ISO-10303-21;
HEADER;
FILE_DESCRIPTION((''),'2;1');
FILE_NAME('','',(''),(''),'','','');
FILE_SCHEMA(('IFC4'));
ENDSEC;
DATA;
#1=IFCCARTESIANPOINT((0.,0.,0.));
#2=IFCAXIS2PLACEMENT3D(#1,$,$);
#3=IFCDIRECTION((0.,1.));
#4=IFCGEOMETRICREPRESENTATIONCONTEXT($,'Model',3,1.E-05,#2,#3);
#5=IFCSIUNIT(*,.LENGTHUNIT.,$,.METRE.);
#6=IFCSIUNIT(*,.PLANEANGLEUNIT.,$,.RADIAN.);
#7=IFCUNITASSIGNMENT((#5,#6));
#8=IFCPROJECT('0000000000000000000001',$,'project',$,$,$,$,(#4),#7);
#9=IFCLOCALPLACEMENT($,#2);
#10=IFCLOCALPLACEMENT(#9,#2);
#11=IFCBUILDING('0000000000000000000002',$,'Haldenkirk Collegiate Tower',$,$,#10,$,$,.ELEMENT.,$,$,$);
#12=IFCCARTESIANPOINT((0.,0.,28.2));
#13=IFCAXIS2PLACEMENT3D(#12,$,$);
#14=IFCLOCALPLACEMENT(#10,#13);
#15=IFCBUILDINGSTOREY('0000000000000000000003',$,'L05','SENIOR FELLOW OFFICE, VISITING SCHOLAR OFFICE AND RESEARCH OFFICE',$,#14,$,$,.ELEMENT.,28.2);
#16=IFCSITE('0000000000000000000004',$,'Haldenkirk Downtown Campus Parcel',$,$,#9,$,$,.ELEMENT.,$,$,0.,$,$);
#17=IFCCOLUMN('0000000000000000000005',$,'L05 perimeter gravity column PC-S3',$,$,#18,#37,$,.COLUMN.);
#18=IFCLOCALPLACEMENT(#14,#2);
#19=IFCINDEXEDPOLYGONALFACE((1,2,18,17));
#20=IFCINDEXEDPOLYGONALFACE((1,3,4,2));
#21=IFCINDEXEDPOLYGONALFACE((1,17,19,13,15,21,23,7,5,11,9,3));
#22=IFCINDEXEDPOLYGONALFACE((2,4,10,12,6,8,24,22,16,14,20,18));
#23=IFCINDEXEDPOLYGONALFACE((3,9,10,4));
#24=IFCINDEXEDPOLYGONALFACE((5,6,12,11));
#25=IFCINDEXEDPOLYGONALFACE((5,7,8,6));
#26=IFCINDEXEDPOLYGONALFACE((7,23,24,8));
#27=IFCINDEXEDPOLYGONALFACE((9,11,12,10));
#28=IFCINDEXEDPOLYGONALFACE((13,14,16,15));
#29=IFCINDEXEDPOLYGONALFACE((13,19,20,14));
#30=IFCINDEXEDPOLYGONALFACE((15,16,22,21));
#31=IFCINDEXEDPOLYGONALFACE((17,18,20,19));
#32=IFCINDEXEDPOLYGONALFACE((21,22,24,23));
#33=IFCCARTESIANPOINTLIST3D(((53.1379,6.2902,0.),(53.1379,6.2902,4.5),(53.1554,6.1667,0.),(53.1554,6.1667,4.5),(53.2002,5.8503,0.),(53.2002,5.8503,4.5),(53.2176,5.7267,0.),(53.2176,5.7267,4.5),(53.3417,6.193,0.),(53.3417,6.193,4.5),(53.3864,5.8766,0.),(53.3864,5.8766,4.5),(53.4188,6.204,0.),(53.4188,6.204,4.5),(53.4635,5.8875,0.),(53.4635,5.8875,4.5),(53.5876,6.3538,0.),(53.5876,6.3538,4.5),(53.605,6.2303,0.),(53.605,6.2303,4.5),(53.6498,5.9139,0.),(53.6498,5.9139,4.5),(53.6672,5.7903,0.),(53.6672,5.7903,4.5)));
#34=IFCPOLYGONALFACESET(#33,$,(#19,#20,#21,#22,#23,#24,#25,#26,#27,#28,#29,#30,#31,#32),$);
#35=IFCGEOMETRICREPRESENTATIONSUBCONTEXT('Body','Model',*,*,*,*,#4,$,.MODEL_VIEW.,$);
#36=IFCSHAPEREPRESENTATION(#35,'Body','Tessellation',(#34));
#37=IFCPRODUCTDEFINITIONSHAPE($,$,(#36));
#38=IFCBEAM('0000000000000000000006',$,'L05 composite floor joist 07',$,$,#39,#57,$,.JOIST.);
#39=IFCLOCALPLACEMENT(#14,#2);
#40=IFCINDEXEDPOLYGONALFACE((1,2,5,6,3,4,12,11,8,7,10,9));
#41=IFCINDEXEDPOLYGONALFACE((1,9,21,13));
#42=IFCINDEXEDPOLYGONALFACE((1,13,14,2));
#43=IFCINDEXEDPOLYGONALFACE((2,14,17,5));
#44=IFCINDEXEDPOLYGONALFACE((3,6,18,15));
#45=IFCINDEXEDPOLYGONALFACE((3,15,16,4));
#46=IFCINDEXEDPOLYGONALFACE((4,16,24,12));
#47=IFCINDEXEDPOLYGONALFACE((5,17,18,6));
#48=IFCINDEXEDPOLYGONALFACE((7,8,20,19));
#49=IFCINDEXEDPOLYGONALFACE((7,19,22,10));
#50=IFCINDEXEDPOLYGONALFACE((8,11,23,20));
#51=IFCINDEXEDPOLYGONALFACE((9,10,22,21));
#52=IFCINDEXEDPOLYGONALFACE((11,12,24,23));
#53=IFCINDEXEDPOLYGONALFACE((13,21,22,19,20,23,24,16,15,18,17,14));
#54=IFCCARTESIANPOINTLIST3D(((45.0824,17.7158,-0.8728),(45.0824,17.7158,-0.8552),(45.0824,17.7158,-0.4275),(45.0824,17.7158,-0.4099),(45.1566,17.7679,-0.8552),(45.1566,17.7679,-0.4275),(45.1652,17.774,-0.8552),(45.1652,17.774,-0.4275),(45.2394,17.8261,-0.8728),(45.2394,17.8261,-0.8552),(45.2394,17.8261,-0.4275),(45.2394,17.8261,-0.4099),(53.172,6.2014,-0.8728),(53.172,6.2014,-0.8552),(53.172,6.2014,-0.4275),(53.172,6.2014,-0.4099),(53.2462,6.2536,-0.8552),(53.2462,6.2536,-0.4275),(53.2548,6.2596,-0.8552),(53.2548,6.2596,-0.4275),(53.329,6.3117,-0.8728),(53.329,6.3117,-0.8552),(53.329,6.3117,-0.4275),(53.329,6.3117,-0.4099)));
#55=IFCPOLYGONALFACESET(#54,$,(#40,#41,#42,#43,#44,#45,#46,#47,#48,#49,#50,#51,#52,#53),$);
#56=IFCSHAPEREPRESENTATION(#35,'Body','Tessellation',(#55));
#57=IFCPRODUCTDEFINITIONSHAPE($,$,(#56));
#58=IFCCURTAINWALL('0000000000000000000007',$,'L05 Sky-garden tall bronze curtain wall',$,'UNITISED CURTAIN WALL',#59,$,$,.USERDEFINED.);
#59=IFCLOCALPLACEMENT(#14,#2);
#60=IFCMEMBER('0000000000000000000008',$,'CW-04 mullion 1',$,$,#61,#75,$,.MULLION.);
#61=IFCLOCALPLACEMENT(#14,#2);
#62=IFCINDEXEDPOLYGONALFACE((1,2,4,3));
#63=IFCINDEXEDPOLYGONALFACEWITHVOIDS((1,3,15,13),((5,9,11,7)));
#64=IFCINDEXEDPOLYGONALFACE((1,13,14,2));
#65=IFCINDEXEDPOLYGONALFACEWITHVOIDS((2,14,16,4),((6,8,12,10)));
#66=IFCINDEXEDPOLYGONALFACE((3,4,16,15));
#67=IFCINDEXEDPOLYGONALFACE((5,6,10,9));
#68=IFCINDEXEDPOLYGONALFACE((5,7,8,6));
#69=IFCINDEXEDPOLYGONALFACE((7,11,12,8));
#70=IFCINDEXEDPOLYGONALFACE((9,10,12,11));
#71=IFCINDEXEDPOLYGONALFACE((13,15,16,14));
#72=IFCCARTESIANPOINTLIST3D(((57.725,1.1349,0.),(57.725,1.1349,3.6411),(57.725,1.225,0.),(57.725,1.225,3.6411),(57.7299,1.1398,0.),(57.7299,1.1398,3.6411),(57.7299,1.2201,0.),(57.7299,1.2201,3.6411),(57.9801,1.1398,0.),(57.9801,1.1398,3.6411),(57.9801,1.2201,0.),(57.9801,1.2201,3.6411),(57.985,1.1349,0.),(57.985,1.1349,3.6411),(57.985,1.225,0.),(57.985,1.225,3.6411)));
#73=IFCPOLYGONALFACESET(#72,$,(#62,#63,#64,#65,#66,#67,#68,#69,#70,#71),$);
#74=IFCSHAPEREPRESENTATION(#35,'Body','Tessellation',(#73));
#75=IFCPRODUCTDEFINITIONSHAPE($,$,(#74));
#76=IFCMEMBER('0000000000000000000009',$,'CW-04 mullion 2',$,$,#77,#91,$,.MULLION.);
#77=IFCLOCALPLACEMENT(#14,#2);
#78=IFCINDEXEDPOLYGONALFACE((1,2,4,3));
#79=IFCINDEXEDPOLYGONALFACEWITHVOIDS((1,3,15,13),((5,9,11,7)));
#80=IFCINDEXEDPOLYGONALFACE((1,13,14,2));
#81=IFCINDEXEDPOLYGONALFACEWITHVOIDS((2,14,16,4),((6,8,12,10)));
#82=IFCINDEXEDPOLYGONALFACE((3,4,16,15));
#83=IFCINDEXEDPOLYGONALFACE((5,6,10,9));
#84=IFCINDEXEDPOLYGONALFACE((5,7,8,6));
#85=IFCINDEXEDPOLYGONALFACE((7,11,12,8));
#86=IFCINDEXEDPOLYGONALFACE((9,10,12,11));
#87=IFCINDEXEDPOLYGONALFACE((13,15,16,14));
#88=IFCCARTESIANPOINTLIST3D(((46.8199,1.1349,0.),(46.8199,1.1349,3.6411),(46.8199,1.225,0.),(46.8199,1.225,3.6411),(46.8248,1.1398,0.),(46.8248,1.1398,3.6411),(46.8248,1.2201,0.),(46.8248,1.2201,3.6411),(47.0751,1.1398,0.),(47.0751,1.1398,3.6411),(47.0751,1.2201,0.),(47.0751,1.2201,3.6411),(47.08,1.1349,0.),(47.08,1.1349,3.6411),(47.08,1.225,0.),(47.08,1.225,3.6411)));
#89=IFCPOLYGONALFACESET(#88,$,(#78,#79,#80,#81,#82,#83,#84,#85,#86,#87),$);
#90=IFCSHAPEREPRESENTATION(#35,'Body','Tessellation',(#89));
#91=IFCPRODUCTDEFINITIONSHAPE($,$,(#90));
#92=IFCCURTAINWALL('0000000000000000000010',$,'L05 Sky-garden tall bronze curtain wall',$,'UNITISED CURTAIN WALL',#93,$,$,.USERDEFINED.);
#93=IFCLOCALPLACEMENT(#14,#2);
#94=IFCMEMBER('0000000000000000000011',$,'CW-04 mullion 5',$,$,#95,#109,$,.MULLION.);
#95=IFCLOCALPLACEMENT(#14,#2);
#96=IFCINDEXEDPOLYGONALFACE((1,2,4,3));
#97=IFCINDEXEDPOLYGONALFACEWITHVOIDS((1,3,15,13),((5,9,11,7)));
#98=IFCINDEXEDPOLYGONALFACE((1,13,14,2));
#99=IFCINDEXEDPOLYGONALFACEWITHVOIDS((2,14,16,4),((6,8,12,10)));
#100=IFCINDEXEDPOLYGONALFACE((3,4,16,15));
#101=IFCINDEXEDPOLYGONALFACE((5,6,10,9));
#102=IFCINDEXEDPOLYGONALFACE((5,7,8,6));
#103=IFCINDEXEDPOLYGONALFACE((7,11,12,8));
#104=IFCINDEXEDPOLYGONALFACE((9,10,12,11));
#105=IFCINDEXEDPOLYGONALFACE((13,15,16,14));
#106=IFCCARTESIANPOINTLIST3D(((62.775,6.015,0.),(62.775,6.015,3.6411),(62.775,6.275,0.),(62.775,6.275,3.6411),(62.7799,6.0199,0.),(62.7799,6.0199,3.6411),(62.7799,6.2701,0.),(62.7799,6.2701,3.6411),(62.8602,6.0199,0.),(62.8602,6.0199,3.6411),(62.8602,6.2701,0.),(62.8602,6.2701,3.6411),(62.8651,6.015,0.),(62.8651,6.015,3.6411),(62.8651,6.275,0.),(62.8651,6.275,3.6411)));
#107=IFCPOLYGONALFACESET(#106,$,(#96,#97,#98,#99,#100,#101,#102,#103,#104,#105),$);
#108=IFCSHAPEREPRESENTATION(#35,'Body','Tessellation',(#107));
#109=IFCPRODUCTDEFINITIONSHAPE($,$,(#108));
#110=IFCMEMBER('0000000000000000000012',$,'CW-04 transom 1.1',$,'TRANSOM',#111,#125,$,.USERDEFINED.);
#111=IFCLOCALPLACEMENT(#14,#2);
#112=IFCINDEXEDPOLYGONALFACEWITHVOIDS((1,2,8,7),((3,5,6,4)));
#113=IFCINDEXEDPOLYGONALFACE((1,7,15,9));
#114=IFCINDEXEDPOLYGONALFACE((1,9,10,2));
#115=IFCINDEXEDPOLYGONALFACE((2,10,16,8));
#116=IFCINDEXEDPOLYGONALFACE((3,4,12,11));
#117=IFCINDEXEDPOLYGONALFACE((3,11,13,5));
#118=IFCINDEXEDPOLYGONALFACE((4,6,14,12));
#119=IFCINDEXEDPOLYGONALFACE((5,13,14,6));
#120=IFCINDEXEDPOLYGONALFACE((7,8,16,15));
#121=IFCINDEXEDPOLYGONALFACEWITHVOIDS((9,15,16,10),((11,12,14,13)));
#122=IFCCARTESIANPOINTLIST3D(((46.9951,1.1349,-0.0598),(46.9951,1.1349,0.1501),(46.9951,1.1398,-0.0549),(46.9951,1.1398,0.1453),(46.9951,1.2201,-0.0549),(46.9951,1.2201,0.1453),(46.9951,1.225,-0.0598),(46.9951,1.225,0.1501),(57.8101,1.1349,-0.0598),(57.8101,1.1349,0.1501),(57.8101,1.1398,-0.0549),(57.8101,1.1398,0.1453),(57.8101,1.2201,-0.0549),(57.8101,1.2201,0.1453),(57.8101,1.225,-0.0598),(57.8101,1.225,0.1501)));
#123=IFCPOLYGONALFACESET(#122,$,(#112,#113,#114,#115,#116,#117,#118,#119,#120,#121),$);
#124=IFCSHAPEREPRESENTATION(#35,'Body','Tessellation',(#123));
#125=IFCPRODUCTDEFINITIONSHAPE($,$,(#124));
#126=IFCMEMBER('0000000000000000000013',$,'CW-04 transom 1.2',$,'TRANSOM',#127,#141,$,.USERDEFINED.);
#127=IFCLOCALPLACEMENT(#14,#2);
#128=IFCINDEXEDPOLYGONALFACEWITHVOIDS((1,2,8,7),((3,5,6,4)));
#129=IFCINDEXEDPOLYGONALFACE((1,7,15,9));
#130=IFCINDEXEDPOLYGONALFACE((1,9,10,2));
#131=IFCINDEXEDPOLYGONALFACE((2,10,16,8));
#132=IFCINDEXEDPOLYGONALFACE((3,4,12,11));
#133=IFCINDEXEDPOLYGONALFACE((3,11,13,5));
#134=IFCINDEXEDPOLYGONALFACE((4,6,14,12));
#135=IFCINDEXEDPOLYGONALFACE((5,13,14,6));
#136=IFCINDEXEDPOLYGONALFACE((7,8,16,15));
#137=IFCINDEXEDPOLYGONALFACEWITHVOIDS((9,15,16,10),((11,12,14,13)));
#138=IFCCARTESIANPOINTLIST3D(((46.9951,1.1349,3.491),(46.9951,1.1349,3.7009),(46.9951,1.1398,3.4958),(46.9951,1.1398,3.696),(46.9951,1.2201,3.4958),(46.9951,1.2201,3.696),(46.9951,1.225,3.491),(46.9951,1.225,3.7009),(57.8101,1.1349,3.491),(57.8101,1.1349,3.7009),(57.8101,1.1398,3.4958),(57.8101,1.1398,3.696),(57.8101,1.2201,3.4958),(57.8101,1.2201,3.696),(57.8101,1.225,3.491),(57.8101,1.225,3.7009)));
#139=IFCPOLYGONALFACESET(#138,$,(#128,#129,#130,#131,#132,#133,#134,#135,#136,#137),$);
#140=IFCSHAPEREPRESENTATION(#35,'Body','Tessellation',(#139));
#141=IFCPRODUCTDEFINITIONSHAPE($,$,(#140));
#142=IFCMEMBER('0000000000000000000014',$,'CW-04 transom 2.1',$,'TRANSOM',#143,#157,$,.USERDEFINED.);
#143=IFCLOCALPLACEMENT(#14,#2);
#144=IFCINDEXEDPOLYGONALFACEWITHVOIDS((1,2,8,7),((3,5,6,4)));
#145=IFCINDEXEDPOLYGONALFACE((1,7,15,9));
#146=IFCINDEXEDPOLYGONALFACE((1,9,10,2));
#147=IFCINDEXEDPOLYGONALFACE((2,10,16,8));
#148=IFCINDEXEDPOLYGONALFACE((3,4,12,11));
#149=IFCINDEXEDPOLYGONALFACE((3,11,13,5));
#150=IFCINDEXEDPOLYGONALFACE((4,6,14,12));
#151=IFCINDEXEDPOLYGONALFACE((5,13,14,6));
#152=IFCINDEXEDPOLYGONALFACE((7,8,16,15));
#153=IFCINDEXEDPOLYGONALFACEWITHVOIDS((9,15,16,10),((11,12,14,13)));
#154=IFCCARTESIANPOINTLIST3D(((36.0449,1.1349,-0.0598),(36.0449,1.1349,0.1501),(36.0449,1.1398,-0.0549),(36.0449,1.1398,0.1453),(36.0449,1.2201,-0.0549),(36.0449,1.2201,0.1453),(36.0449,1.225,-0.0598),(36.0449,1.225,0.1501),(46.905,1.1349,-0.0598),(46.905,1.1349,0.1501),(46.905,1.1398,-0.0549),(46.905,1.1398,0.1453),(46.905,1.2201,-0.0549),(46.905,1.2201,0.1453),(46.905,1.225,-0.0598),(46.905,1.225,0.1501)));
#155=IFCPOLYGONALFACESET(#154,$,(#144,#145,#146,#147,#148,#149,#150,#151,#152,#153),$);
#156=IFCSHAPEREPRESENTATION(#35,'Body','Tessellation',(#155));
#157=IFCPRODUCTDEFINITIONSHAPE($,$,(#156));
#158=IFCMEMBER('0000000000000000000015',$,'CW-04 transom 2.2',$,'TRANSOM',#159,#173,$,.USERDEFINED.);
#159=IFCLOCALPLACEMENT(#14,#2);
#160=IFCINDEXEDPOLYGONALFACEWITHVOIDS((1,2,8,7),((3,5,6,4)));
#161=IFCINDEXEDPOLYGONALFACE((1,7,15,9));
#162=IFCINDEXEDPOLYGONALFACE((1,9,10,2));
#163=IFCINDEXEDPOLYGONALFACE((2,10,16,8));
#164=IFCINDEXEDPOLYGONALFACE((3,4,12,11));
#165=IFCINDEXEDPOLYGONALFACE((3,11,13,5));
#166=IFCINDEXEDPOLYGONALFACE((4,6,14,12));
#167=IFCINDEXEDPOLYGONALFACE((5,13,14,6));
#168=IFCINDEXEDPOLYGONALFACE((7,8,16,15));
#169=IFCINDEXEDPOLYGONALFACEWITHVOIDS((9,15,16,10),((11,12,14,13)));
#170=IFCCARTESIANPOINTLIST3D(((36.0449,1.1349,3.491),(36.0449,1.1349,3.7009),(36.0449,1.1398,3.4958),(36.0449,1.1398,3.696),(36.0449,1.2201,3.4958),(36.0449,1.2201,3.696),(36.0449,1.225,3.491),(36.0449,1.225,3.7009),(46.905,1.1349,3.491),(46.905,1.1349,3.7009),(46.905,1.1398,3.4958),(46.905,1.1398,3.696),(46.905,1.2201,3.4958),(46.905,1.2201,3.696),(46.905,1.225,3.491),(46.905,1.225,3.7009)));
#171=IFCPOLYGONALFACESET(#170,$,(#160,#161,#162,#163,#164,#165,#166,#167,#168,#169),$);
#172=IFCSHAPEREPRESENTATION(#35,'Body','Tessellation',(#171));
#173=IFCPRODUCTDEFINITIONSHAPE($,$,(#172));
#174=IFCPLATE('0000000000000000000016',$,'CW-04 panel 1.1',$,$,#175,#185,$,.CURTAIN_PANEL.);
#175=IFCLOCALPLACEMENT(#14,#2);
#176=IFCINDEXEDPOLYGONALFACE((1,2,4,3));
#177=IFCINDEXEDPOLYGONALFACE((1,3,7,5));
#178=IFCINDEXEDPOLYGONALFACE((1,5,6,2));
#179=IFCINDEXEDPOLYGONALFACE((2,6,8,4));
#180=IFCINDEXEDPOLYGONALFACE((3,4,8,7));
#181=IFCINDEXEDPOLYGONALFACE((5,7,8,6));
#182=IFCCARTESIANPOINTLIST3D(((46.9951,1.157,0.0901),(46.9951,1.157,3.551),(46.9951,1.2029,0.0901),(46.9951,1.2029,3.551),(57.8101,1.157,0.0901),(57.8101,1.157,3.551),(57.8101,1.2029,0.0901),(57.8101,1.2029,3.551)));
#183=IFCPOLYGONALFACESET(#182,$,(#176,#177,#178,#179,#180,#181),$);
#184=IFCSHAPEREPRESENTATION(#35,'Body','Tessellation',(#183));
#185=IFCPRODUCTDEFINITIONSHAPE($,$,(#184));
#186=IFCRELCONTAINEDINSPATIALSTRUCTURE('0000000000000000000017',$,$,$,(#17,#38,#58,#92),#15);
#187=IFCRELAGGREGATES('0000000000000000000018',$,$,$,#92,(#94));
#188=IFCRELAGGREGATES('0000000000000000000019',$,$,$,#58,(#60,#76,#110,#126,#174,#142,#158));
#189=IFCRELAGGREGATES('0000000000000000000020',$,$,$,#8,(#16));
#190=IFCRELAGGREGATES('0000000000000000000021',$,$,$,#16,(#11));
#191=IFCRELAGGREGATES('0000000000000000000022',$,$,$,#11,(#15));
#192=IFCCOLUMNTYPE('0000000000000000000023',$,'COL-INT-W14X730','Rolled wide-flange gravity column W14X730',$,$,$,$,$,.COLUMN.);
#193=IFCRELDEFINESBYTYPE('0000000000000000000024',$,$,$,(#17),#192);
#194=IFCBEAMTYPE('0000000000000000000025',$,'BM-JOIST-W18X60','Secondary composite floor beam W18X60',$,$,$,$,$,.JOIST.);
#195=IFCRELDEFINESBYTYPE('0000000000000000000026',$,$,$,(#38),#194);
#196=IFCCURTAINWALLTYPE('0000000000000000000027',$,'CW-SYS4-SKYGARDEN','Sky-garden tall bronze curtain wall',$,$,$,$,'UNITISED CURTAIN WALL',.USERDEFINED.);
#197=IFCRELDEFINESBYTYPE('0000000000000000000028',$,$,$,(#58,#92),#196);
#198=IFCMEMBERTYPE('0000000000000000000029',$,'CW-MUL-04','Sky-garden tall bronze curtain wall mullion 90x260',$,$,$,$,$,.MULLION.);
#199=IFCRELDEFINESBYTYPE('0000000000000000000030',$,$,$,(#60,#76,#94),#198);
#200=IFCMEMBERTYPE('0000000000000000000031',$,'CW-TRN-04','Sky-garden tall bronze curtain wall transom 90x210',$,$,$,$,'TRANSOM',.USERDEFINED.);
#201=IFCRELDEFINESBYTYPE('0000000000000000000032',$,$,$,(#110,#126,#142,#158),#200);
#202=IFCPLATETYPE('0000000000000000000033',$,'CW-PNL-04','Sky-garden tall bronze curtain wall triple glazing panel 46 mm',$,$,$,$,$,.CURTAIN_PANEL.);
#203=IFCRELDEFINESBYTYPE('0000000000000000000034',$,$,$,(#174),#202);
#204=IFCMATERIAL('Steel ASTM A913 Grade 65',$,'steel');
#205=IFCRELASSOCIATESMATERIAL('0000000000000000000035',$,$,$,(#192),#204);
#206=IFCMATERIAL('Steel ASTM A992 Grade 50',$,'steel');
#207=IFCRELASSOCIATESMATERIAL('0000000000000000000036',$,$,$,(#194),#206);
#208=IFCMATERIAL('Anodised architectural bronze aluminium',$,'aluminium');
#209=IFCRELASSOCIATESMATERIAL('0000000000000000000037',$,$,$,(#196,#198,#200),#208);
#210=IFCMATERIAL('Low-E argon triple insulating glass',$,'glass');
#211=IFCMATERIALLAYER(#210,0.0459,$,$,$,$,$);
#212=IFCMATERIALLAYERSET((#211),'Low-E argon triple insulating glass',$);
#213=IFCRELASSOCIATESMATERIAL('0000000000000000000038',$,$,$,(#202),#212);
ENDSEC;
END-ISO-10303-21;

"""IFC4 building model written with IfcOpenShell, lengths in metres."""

from ifc_helpers import new_model, si_unit, direction, frame, origin, origin_2d, place, context, subcontext, project, spatial, rectangle, hollow_rectangle, i_section, extrude, source, transform, mapped, material, layer, layer_set, material_profile, profile_set, type_object, element, aggregate, save


model = new_model("IFC4")

# Units and contexts
model_context = context("Model", 3, precision=1e-05, world=origin(), true_north=direction((0.0, 1.0)))
body_context = subcontext(model_context, "Body", "Model", "MODEL_VIEW")
ifc_project = project(units=[si_unit("LENGTHUNIT", "METRE"), si_unit("PLANEANGLEUNIT", "RADIAN")], contexts=[model_context])

# Site, building, storey
site_placement = place(None, origin())
site = spatial("IfcSite", under=ifc_project, at=site_placement, Name="Haldenkirk Downtown Campus Parcel", CompositionType="ELEMENT", RefElevation=0.0)
building_placement = place(site_placement, origin())
building = spatial("IfcBuilding", under=site, at=building_placement, Name="Haldenkirk Collegiate Tower", CompositionType="ELEMENT")
storey_placement = place(building_placement, frame((0.0, 0.0, 28.2)))
storey = spatial("IfcBuildingStorey", under=building, at=storey_placement, Name="L05", Description="SENIOR FELLOW OFFICE, VISITING SCHOLAR OFFICE AND RESEARCH OFFICE", CompositionType="ELEMENT", Elevation=28.2)

# Column
ifc_material_1 = material(Name="Steel ASTM A913 Grade 65", Category="steel")
ifc_material_profile_1 = material_profile(ifc_material_1, i_section(OverallWidth=0.4541, OverallDepth=0.5691, WebThickness=0.0779, FlangeThickness=0.1248, at=origin_2d()), Name="W14X730")
ifc_profile_set_1 = profile_set([ifc_material_profile_1], Name="Steel ASTM A913 Grade 65")
column_type = type_object("IfcColumnType", Name="COL-INT-W14X730", Description="Rolled wide-flange gravity column W14X730", PredefinedType="COLUMN", material=ifc_profile_set_1)
column_placement = place(storey_placement, frame((53.4026, 6.0403, 0.0), z_axis=(0.0, 0.0, 1.0), x_axis=(0.990146, 0.140037, 0.0)))
element("IfcColumn", 1, at=column_placement, inside=storey, type_object=column_type, Name="L05 perimeter gravity column PC-S3", PredefinedType="COLUMN", context=body_context, shape_type="SweptSolid", body=[
    extrude(i_section(OverallWidth=0.4541, OverallDepth=0.5691, WebThickness=0.0779, FlangeThickness=0.1248, at=origin_2d()), origin(), (0.0, 0.0, 1.0), 4.5),
])

# Beam
ifc_material_2 = material(Name="Steel ASTM A992 Grade 50", Category="steel")
ifc_material_profile_2 = material_profile(ifc_material_2, i_section(OverallWidth=0.1919, OverallDepth=0.4629, WebThickness=0.0105, FlangeThickness=0.0176, at=origin_2d()), Name="W18X60")
ifc_profile_set_2 = profile_set([ifc_material_profile_2], Name="Steel ASTM A992 Grade 50")
beam_type = type_object("IfcBeamType", Name="BM-JOIST-W18X60", Description="Secondary composite floor beam W18X60", PredefinedType="JOIST", material=ifc_profile_set_2)
beam_placement = place(storey_placement, frame((53.2505, 6.2566, -0.6414), z_axis=(-0.574869, 0.818245, 0.0), x_axis=(-0.818245, -0.574869, 0.0)))
element("IfcBeam", 2, at=beam_placement, inside=storey, type_object=beam_type, Name="L05 composite floor joist 07", PredefinedType="JOIST", context=body_context, shape_type="SweptSolid", body=[
    extrude(i_section(OverallWidth=0.1919, OverallDepth=0.4629, WebThickness=0.0105, FlangeThickness=0.0176, at=origin_2d()), origin(), (0.0, 0.0, 1.0), 14.072),
])

# Curtain wall, members
ifc_material_3 = material(Name="Anodised architectural bronze aluminium", Category="aluminium")
curtain_wall_type = type_object("IfcCurtainWallType", Name="CW-SYS4-SKYGARDEN", Description="Sky-garden tall bronze curtain wall", ElementType="UNITISED CURTAIN WALL", PredefinedType="USERDEFINED", material=ifc_material_3)
curtain_wall_1_placement = place(storey_placement, origin())
curtain_wall_1 = element("IfcCurtainWall", 3, at=curtain_wall_1_placement, inside=storey, type_object=curtain_wall_type, Name="L05 Sky-garden tall bronze curtain wall", ObjectType="UNITISED CURTAIN WALL", PredefinedType="USERDEFINED")
ifc_material_profile_3 = material_profile(ifc_material_3, hollow_rectangle(XDim=0.0901, YDim=0.26, WallThickness=0.0049, at=origin_2d()), Name="CW-MUL-04")
ifc_profile_set_3 = profile_set([ifc_material_profile_3], Name="Anodised architectural bronze aluminium")
member_type_1 = type_object("IfcMemberType", Name="CW-MUL-04", Description="Sky-garden tall bronze curtain wall mullion 90x260", PredefinedType="MULLION", material=ifc_profile_set_3)
member_1_placement = place(storey_placement, frame((57.855, 1.1799, 0.0), z_axis=(0.0, 0.0, 1.0), x_axis=(0.0, -1.0, 0.0)))
member_1 = element("IfcMember", 4, at=member_1_placement, type_object=member_type_1, Name="CW-04 mullion 1", PredefinedType="MULLION", context=body_context, shape_type="SweptSolid", body=[
    extrude(hollow_rectangle(XDim=0.0901, YDim=0.26, WallThickness=0.0049, at=origin_2d()), origin(), (0.0, 0.0, 1.0), 3.6411),
])
member_2_placement = place(storey_placement, frame((46.95, 1.1799, 0.0), z_axis=(0.0, 0.0, 1.0), x_axis=(0.0, -1.0, 0.0)))
member_2 = element("IfcMember", 5, at=member_2_placement, type_object=member_type_1, Name="CW-04 mullion 2", PredefinedType="MULLION", context=body_context, shape_type="SweptSolid", body=[
    extrude(hollow_rectangle(XDim=0.0901, YDim=0.26, WallThickness=0.0049, at=origin_2d()), origin(), (0.0, 0.0, 1.0), 3.6411),
])

# Curtain wall, member
curtain_wall_2_placement = place(storey_placement, origin())
curtain_wall_2 = element("IfcCurtainWall", 6, at=curtain_wall_2_placement, inside=storey, type_object=curtain_wall_type, Name="L05 Sky-garden tall bronze curtain wall", ObjectType="UNITISED CURTAIN WALL", PredefinedType="USERDEFINED")
member_3_placement = place(storey_placement, frame((62.8201, 6.145, 0.0), z_axis=(0.0, 0.0, 1.0), x_axis=(1.0, 0.0, 0.0)))
member_3 = element("IfcMember", 7, at=member_3_placement, type_object=member_type_1, Name="CW-04 mullion 5", PredefinedType="MULLION", context=body_context, shape_type="SweptSolid", body=[
    extrude(hollow_rectangle(XDim=0.0901, YDim=0.26, WallThickness=0.0049, at=origin_2d()), origin(), (0.0, 0.0, 1.0), 3.6411),
])
aggregate(curtain_wall_2, [member_3])

# Members
ifc_material_profile_4 = material_profile(ifc_material_3, hollow_rectangle(XDim=0.0901, YDim=0.21, WallThickness=0.0049, at=origin_2d()), Name="CW-TRN-04")
ifc_profile_set_4 = profile_set([ifc_material_profile_4], Name="Anodised architectural bronze aluminium")
member_type_2 = type_object("IfcMemberType", Name="CW-TRN-04", Description="Sky-garden tall bronze curtain wall transom 90x210", ElementType="TRANSOM", PredefinedType="USERDEFINED", material=ifc_profile_set_4)
member_4_placement = place(storey_placement, frame((57.8101, 1.1799, 0.0452), z_axis=(-1.0, 0.0, 0.0), x_axis=(0.0, -1.0, 0.0)))
member_4 = element("IfcMember", 8, at=member_4_placement, type_object=member_type_2, Name="CW-04 transom 1.1", ObjectType="TRANSOM", PredefinedType="USERDEFINED", context=body_context, shape_type="SweptSolid", body=[
    extrude(hollow_rectangle(XDim=0.0901, YDim=0.21, WallThickness=0.0049, at=origin_2d()), origin(), (0.0, 0.0, 1.0), 10.8149),
])
member_5_placement = place(storey_placement, frame((57.8101, 1.1799, 3.5959), z_axis=(-1.0, 0.0, 0.0), x_axis=(0.0, -1.0, 0.0)))
member_5 = element("IfcMember", 9, at=member_5_placement, type_object=member_type_2, Name="CW-04 transom 1.2", ObjectType="TRANSOM", PredefinedType="USERDEFINED", context=body_context, shape_type="SweptSolid", body=[
    extrude(hollow_rectangle(XDim=0.0901, YDim=0.21, WallThickness=0.0049, at=origin_2d()), origin(), (0.0, 0.0, 1.0), 10.8149),
])
member_6_placement = place(storey_placement, frame((46.905, 1.1799, 0.0452), z_axis=(-1.0, 0.0, 0.0), x_axis=(0.0, -1.0, 0.0)))
member_6 = element("IfcMember", 10, at=member_6_placement, type_object=member_type_2, Name="CW-04 transom 2.1", ObjectType="TRANSOM", PredefinedType="USERDEFINED", context=body_context, shape_type="SweptSolid", body=[
    extrude(hollow_rectangle(XDim=0.0901, YDim=0.21, WallThickness=0.0049, at=origin_2d()), origin(), (0.0, 0.0, 1.0), 10.8601),
])
member_7_placement = place(storey_placement, frame((46.905, 1.1799, 3.5959), z_axis=(-1.0, 0.0, 0.0), x_axis=(0.0, -1.0, 0.0)))
member_7 = element("IfcMember", 11, at=member_7_placement, type_object=member_type_2, Name="CW-04 transom 2.2", ObjectType="TRANSOM", PredefinedType="USERDEFINED", context=body_context, shape_type="SweptSolid", body=[
    extrude(hollow_rectangle(XDim=0.0901, YDim=0.21, WallThickness=0.0049, at=origin_2d()), origin(), (0.0, 0.0, 1.0), 10.8601),
])

# Plate
ifc_material_4 = material(Name="Low-E argon triple insulating glass", Category="glass")
ifc_layer_1 = layer(ifc_material_4, 0.0459)
ifc_layer_set_1 = layer_set([ifc_layer_1], Name="Low-E argon triple insulating glass")
plate_type = type_object("IfcPlateType", Name="CW-PNL-04", Description="Sky-garden tall bronze curtain wall triple glazing panel 46 mm", PredefinedType="CURTAIN_PANEL", material=ifc_layer_set_1)
shared_shape_1 = source(origin(), body_context, "Body", "SweptSolid", [
    extrude(rectangle(XDim=10.8149, YDim=0.0459, at=origin_2d()), origin(), (0.0, 0.0, 1.0), 3.4609),
])
plate_1_placement = place(storey_placement, frame((52.4026, 1.1799, 0.0901), z_axis=(0.0, 0.0, 1.0), x_axis=(-1.0, 0.0, 0.0)))
plate_1 = element("IfcPlate", 12, at=plate_1_placement, type_object=plate_type, Name="CW-04 panel 1.1", PredefinedType="CURTAIN_PANEL", context=body_context, shape_type="MappedRepresentation", body=[
    mapped(shared_shape_1, transform((0.0, 0.0, 0.0), x_axis=(1.0, 0.0, 0.0), y_axis=(0.0, 1.0, 0.0), z_axis=(0.0, 0.0, 1.0), scale=1.0)),
])
aggregate(curtain_wall_1, [member_1, member_2, member_4, member_5, plate_1, member_6, member_7])

save(model, "model.ifc")
